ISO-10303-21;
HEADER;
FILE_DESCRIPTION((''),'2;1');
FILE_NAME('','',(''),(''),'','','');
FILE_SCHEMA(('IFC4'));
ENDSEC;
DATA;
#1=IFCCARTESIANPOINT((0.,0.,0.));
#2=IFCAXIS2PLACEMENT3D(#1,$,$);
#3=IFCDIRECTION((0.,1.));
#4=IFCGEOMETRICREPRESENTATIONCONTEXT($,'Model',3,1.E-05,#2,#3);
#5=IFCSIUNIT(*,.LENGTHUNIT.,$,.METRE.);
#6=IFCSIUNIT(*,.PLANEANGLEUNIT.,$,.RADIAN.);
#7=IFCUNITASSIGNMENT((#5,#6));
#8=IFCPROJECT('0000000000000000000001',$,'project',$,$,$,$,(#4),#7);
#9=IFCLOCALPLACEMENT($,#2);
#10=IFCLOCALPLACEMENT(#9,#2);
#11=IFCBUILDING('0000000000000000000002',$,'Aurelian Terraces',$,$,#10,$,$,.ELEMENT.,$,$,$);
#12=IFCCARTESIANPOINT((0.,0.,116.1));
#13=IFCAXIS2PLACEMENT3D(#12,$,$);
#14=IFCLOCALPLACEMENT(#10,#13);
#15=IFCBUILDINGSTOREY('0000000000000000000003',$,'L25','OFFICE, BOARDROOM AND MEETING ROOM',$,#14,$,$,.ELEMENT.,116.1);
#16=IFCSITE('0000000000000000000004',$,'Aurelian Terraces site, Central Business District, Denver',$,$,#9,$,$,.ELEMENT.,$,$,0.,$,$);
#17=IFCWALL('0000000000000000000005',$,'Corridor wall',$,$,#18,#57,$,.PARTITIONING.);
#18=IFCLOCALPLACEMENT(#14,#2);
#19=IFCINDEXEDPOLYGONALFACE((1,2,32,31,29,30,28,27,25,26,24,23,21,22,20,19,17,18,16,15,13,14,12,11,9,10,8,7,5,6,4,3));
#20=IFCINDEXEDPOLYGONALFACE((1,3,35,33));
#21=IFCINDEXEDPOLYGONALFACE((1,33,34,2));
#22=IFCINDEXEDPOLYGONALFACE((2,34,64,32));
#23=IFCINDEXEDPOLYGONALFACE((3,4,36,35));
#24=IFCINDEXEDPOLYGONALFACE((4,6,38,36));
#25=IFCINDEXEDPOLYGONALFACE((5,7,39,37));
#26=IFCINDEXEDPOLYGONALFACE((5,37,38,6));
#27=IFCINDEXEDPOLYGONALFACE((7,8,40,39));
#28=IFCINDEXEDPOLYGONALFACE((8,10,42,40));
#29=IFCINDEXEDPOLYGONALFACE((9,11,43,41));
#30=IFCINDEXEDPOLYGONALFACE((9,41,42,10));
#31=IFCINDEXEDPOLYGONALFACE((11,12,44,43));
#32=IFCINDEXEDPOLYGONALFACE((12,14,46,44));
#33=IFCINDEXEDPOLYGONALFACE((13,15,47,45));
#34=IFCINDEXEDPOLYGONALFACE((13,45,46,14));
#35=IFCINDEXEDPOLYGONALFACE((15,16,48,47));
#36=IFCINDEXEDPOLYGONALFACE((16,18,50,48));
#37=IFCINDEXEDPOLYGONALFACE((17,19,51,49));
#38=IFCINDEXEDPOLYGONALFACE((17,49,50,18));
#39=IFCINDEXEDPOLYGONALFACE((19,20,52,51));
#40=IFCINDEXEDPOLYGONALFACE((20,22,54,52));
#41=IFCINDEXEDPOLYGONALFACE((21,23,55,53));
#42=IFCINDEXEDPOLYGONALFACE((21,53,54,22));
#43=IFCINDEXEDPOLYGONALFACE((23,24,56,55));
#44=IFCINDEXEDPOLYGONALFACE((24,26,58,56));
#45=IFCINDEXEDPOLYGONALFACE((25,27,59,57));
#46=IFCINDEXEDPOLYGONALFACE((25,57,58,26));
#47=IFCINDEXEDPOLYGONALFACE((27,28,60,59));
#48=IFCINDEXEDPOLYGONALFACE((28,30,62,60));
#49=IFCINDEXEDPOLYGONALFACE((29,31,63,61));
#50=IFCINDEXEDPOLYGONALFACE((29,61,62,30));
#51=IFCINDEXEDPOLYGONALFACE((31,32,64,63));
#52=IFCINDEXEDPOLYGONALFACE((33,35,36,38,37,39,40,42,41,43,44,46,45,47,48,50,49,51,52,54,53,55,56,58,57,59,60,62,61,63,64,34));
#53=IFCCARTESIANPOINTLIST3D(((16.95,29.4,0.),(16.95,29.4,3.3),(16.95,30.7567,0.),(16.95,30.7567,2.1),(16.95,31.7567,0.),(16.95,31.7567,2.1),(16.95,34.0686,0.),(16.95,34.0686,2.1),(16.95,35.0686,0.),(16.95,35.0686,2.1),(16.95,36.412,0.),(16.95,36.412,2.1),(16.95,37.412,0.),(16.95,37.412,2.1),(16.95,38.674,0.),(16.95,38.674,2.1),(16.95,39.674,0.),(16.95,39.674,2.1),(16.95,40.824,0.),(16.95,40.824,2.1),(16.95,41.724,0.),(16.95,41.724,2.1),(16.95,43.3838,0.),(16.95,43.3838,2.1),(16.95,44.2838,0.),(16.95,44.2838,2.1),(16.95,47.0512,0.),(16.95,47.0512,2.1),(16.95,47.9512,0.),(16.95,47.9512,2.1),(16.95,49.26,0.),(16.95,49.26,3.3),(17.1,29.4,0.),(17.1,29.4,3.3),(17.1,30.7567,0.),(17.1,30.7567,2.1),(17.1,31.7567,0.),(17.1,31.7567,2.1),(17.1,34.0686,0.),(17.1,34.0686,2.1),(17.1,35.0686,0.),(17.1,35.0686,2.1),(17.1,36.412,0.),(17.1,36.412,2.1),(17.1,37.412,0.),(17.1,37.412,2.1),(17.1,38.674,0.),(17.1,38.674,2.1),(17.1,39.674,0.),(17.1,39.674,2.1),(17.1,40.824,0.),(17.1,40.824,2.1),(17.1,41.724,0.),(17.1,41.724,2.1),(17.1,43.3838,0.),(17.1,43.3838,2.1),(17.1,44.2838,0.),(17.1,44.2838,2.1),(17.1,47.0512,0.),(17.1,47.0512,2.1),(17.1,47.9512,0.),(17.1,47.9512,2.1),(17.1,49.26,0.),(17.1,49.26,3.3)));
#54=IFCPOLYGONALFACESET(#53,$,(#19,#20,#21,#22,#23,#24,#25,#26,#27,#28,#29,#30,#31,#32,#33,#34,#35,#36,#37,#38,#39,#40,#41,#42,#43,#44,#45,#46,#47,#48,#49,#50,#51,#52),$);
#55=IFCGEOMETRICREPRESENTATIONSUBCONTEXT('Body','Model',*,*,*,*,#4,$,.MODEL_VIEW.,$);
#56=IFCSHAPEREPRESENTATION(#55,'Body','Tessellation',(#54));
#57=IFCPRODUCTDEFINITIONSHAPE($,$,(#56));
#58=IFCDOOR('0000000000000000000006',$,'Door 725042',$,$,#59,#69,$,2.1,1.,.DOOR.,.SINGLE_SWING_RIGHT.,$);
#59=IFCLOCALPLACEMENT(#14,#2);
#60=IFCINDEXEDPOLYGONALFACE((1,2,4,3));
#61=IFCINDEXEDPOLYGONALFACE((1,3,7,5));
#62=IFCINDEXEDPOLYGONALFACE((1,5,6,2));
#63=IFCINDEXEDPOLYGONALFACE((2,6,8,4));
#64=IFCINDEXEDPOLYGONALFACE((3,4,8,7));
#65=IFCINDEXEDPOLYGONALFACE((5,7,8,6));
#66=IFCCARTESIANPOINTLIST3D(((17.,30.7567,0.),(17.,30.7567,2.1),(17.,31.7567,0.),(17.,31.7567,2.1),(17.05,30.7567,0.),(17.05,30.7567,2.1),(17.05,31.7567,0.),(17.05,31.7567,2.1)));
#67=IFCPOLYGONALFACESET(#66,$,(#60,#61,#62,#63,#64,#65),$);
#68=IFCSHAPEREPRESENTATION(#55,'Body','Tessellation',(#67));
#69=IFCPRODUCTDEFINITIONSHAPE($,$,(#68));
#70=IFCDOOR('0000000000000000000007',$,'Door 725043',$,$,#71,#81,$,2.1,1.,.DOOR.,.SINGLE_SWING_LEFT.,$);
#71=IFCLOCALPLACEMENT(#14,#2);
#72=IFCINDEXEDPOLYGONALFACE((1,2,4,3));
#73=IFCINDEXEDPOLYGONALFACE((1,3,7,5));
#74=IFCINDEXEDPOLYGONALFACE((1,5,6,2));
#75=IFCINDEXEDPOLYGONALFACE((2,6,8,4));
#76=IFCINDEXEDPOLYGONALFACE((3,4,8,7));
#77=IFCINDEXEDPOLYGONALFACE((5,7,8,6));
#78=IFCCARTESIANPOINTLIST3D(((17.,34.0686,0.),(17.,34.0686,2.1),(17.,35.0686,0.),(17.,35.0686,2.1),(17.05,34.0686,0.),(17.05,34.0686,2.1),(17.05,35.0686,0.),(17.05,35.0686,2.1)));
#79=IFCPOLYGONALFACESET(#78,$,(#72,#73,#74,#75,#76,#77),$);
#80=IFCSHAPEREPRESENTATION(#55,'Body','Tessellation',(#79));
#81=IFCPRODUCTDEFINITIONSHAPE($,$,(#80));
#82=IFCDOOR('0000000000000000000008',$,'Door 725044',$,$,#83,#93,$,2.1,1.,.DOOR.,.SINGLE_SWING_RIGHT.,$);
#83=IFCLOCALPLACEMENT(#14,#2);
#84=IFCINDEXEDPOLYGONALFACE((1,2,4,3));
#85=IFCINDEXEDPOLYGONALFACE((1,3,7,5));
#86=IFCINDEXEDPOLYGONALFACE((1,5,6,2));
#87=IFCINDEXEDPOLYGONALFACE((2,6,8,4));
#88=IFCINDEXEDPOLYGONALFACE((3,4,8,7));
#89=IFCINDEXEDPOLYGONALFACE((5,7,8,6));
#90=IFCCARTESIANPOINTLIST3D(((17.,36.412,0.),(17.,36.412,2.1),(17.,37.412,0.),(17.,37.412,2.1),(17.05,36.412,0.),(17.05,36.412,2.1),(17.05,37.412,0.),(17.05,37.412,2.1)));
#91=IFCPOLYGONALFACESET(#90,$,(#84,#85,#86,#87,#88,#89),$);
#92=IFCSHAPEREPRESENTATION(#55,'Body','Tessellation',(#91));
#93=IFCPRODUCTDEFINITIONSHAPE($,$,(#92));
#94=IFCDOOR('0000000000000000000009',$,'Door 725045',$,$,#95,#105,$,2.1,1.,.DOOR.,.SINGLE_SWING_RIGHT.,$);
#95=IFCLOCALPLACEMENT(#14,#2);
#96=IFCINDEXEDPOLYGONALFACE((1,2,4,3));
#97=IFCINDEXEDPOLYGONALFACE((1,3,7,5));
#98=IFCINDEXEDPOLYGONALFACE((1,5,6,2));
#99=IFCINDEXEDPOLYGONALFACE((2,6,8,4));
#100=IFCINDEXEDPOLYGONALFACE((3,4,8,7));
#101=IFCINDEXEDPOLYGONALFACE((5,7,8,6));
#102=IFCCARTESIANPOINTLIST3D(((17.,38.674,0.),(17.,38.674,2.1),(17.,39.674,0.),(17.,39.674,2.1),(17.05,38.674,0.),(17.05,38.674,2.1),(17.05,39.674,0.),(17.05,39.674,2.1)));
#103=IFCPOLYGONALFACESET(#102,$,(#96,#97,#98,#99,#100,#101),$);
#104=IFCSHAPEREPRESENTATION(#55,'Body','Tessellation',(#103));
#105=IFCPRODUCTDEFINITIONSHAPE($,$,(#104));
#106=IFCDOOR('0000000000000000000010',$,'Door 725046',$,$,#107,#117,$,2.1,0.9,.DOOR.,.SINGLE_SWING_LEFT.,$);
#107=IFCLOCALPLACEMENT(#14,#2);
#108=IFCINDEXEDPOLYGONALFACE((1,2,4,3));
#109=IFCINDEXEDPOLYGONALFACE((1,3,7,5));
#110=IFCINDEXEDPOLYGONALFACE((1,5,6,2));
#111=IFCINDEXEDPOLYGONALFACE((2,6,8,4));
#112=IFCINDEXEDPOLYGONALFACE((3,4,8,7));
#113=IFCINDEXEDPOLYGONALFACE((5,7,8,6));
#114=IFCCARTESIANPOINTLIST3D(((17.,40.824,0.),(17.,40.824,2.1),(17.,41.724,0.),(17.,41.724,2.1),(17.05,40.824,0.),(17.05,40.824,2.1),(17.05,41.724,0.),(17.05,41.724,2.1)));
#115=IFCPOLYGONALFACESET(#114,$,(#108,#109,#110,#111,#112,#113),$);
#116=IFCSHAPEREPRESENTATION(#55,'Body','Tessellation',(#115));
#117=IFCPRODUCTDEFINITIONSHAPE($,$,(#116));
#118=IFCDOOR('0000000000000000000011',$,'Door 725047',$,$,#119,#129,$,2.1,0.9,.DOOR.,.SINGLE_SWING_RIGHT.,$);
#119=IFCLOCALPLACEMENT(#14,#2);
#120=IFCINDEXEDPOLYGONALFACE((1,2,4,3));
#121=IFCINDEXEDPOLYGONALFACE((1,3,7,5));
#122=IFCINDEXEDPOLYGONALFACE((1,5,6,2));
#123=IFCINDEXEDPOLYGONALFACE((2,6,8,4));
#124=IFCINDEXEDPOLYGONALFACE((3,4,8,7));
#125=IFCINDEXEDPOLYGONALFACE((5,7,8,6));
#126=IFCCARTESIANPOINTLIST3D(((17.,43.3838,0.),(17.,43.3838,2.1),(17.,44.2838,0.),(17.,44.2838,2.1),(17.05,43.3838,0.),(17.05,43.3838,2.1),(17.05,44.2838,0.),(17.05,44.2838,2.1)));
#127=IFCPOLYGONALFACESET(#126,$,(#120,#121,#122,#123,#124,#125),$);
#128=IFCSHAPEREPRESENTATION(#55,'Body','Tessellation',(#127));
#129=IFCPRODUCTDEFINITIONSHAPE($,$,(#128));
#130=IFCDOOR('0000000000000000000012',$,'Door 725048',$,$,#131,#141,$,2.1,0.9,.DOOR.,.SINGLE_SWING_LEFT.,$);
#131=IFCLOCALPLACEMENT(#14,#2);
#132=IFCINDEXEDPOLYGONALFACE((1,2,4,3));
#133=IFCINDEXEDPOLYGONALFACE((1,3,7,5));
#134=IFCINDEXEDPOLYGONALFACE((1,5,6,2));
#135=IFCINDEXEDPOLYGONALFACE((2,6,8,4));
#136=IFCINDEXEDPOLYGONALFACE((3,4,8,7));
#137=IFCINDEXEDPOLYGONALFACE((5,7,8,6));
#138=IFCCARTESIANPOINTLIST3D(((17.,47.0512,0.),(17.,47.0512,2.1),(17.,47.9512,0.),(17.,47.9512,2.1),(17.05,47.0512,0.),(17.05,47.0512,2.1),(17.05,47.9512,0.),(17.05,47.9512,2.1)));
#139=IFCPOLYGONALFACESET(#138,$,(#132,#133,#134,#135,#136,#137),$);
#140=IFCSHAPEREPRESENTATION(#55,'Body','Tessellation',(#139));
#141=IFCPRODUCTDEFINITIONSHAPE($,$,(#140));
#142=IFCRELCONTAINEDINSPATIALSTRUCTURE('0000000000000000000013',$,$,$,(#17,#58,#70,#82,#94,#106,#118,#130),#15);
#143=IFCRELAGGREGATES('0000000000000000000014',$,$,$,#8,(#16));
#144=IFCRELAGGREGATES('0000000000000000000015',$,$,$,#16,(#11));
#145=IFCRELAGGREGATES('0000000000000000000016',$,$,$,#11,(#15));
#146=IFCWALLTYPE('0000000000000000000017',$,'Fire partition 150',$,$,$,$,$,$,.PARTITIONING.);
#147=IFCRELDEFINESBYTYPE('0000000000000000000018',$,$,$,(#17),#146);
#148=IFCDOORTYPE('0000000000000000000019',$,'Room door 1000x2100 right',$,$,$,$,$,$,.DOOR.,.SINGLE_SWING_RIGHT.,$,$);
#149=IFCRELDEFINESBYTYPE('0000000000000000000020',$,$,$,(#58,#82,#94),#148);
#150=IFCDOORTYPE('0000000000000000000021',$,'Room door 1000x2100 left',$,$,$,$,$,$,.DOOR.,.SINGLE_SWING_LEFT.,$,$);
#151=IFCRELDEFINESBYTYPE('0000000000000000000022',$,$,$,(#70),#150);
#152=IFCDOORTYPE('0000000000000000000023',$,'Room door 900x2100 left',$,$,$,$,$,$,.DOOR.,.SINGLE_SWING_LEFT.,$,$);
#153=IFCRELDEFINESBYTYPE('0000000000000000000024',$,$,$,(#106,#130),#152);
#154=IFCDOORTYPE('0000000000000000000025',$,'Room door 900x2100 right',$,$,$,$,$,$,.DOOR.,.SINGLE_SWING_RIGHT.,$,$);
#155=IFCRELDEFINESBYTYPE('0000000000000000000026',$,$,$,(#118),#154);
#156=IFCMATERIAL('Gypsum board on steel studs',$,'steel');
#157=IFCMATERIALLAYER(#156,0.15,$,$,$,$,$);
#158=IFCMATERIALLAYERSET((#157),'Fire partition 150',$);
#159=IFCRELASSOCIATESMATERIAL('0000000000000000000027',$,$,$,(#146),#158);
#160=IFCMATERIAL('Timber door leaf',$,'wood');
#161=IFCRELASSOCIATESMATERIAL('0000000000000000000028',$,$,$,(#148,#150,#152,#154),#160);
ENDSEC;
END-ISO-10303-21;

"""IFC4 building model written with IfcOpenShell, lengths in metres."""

from ifc_helpers import new_model, si_unit, direction, frame, frame_2d, origin, place, context, subcontext, project, spatial, rectangle, extrude, source, transform, mapped, material, layer, layer_set, type_object, element, fill, save


model = new_model("IFC4")

# Units and contexts
model_context = context("Model", 3, precision=1e-05, world=origin(), true_north=direction((0.0, 1.0)))
body_context = subcontext(model_context, "Body", "Model", "MODEL_VIEW")
ifc_project = project(units=[si_unit("LENGTHUNIT", "METRE"), si_unit("PLANEANGLEUNIT", "RADIAN")], contexts=[model_context])

# Site, building, storey
site_placement = place(None, origin())
site = spatial("IfcSite", under=ifc_project, at=site_placement, Name="Aurelian Terraces site, Central Business District, Denver", CompositionType="ELEMENT", RefElevation=0.0)
building_placement = place(site_placement, origin())
building = spatial("IfcBuilding", under=site, at=building_placement, Name="Aurelian Terraces", CompositionType="ELEMENT")
storey_placement = place(building_placement, frame((0.0, 0.0, 116.1)))
storey = spatial("IfcBuildingStorey", under=building, at=storey_placement, Name="L25", Description="OFFICE, BOARDROOM AND MEETING ROOM", CompositionType="ELEMENT", Elevation=116.1)

# Shared definitions
ifc_material_1 = material(Name="Gypsum board on steel studs", Category="steel")

# Wall, openings, doors
ifc_layer_1 = layer(ifc_material_1, 0.15)
ifc_layer_set_1 = layer_set([ifc_layer_1], Name="Fire partition 150")
wall_type_1 = type_object("IfcWallType", Name="Fire partition 150", PredefinedType="PARTITIONING", material=ifc_layer_set_1)
shared_shape_1 = source(origin(), body_context, "Body", "SweptSolid", [
    extrude(rectangle(XDim=19.86, YDim=0.15, at=frame_2d((9.93, 0.0))), origin(), (0.0, 0.0, 1.0), 3.3),
])
wall_1_placement = place(storey_placement, frame((17.025, 49.26, 0.0), z_axis=(0.0, 0.0, 1.0), x_axis=(0.0, -1.0, 0.0)))
wall_1 = element("IfcWall", 1, at=wall_1_placement, inside=storey, type_object=wall_type_1, Name="Corridor wall", PredefinedType="PARTITIONING", context=body_context, shape_type="MappedRepresentation", body=[
    mapped(shared_shape_1, transform((0.0, 0.0, 0.0), scale=1.0)),
])
shared_shape_2 = source(origin(), body_context, "Body", "SweptSolid", [
    extrude(rectangle(XDim=1.0, YDim=2.1, at=frame_2d((0.5, 1.05))), frame((0.0, 0.085, 0.0), z_axis=(0.0, -1.0, 0.0), x_axis=(1.0, 0.0, 0.0)), (0.0, 0.0, 1.0), 0.17),
])
opening_1_placement = place(wall_1_placement, frame((17.5033, 0.0, 0.0)))
opening_1 = element("IfcOpeningElement", 2, at=opening_1_placement, cuts=wall_1, PredefinedType="OPENING", context=body_context, shape_type="MappedRepresentation", body=[
    mapped(shared_shape_2, transform((0.0, 0.0, 0.0), scale=1.0)),
])
opening_2_placement = place(wall_1_placement, frame((14.1914, 0.0, 0.0)))
opening_2 = element("IfcOpeningElement", 3, at=opening_2_placement, cuts=wall_1, PredefinedType="OPENING", context=body_context, shape_type="MappedRepresentation", body=[
    mapped(shared_shape_2, transform((0.0, 0.0, 0.0), scale=1.0)),
])
opening_3_placement = place(wall_1_placement, frame((11.848, 0.0, 0.0)))
opening_3 = element("IfcOpeningElement", 4, at=opening_3_placement, cuts=wall_1, PredefinedType="OPENING", context=body_context, shape_type="MappedRepresentation", body=[
    mapped(shared_shape_2, transform((0.0, 0.0, 0.0), scale=1.0)),
])
opening_4_placement = place(wall_1_placement, frame((9.586, 0.0, 0.0)))
opening_4 = element("IfcOpeningElement", 5, at=opening_4_placement, cuts=wall_1, PredefinedType="OPENING", context=body_context, shape_type="MappedRepresentation", body=[
    mapped(shared_shape_2, transform((0.0, 0.0, 0.0), scale=1.0)),
])
shared_shape_3 = source(origin(), body_context, "Body", "SweptSolid", [
    extrude(rectangle(XDim=0.9, YDim=2.1, at=frame_2d((0.45, 1.05))), frame((0.0, 0.085, 0.0), z_axis=(0.0, -1.0, 0.0), x_axis=(1.0, 0.0, 0.0)), (0.0, 0.0, 1.0), 0.17),
])
opening_5_placement = place(wall_1_placement, frame((7.536, 0.0, 0.0)))
opening_5 = element("IfcOpeningElement", 6, at=opening_5_placement, cuts=wall_1, PredefinedType="OPENING", context=body_context, shape_type="MappedRepresentation", body=[
    mapped(shared_shape_3, transform((0.0, 0.0, 0.0), scale=1.0)),
])
opening_6_placement = place(wall_1_placement, frame((4.9762, 0.0, 0.0)))
opening_6 = element("IfcOpeningElement", 7, at=opening_6_placement, cuts=wall_1, PredefinedType="OPENING", context=body_context, shape_type="MappedRepresentation", body=[
    mapped(shared_shape_3, transform((0.0, 0.0, 0.0), scale=1.0)),
])
opening_7_placement = place(wall_1_placement, frame((1.3088, 0.0, 0.0)))
opening_7 = element("IfcOpeningElement", 8, at=opening_7_placement, cuts=wall_1, PredefinedType="OPENING", context=body_context, shape_type="MappedRepresentation", body=[
    mapped(shared_shape_3, transform((0.0, 0.0, 0.0), scale=1.0)),
])
ifc_material_2 = material(Name="Timber door leaf", Category="wood")
door_type_1 = type_object("IfcDoorType", Name="Room door 1000x2100 right", OperationType="SINGLE_SWING_RIGHT", PredefinedType="DOOR", material=ifc_material_2)
shared_shape_4 = source(origin(), body_context, "Body", "SweptSolid", [
    extrude(rectangle(XDim=1.0, YDim=2.1, at=frame_2d((0.5, 1.05))), frame((0.0, 0.025, 0.0), z_axis=(0.0, -1.0, 0.0), x_axis=(1.0, 0.0, 0.0)), (0.0, 0.0, 1.0), 0.05),
])
door_1_placement = place(opening_1_placement, origin())
door_1 = element("IfcDoor", 9, at=door_1_placement, inside=storey, type_object=door_type_1, Name="Door 725042", OperationType="SINGLE_SWING_RIGHT", OverallHeight=2.1, OverallWidth=1.0, PredefinedType="DOOR", context=body_context, shape_type="MappedRepresentation", body=[
    mapped(shared_shape_4, transform((0.0, 0.0, 0.0), scale=1.0)),
])
fill(opening_1, door_1)
door_type_2 = type_object("IfcDoorType", Name="Room door 1000x2100 left", OperationType="SINGLE_SWING_LEFT", PredefinedType="DOOR", material=ifc_material_2)
door_2_placement = place(opening_2_placement, origin())
door_2 = element("IfcDoor", 10, at=door_2_placement, inside=storey, type_object=door_type_2, Name="Door 725043", OperationType="SINGLE_SWING_LEFT", OverallHeight=2.1, OverallWidth=1.0, PredefinedType="DOOR", context=body_context, shape_type="MappedRepresentation", body=[
    mapped(shared_shape_4, transform((0.0, 0.0, 0.0), scale=1.0)),
])
fill(opening_2, door_2)
door_3_placement = place(opening_3_placement, origin())
door_3 = element("IfcDoor", 11, at=door_3_placement, inside=storey, type_object=door_type_1, Name="Door 725044", OperationType="SINGLE_SWING_RIGHT", OverallHeight=2.1, OverallWidth=1.0, PredefinedType="DOOR", context=body_context, shape_type="MappedRepresentation", body=[
    mapped(shared_shape_4, transform((0.0, 0.0, 0.0), scale=1.0)),
])
fill(opening_3, door_3)
door_4_placement = place(opening_4_placement, origin())
door_4 = element("IfcDoor", 12, at=door_4_placement, inside=storey, type_object=door_type_1, Name="Door 725045", OperationType="SINGLE_SWING_RIGHT", OverallHeight=2.1, OverallWidth=1.0, PredefinedType="DOOR", context=body_context, shape_type="MappedRepresentation", body=[
    mapped(shared_shape_4, transform((0.0, 0.0, 0.0), scale=1.0)),
])
fill(opening_4, door_4)
door_type_3 = type_object("IfcDoorType", Name="Room door 900x2100 left", OperationType="SINGLE_SWING_LEFT", PredefinedType="DOOR", material=ifc_material_2)
shared_shape_5 = source(origin(), body_context, "Body", "SweptSolid", [
    extrude(rectangle(XDim=0.9, YDim=2.1, at=frame_2d((0.45, 1.05))), frame((0.0, 0.025, 0.0), z_axis=(0.0, -1.0, 0.0), x_axis=(1.0, 0.0, 0.0)), (0.0, 0.0, 1.0), 0.05),
])
door_5_placement = place(opening_5_placement, origin())
door_5 = element("IfcDoor", 13, at=door_5_placement, inside=storey, type_object=door_type_3, Name="Door 725046", OperationType="SINGLE_SWING_LEFT", OverallHeight=2.1, OverallWidth=0.9, PredefinedType="DOOR", context=body_context, shape_type="MappedRepresentation", body=[
    mapped(shared_shape_5, transform((0.0, 0.0, 0.0), scale=1.0)),
])
fill(opening_5, door_5)
door_type_4 = type_object("IfcDoorType", Name="Room door 900x2100 right", OperationType="SINGLE_SWING_RIGHT", PredefinedType="DOOR", material=ifc_material_2)
door_6_placement = place(opening_6_placement, origin())
door_6 = element("IfcDoor", 14, at=door_6_placement, inside=storey, type_object=door_type_4, Name="Door 725047", OperationType="SINGLE_SWING_RIGHT", OverallHeight=2.1, OverallWidth=0.9, PredefinedType="DOOR", context=body_context, shape_type="MappedRepresentation", body=[
    mapped(shared_shape_5, transform((0.0, 0.0, 0.0), scale=1.0)),
])
fill(opening_6, door_6)
door_7_placement = place(opening_7_placement, origin())
door_7 = element("IfcDoor", 15, at=door_7_placement, inside=storey, type_object=door_type_3, Name="Door 725048", OperationType="SINGLE_SWING_LEFT", OverallHeight=2.1, OverallWidth=0.9, PredefinedType="DOOR", context=body_context, shape_type="MappedRepresentation", body=[
    mapped(shared_shape_5, transform((0.0, 0.0, 0.0), scale=1.0)),
])
fill(opening_7, door_7)

save(model, "model.ifc")
